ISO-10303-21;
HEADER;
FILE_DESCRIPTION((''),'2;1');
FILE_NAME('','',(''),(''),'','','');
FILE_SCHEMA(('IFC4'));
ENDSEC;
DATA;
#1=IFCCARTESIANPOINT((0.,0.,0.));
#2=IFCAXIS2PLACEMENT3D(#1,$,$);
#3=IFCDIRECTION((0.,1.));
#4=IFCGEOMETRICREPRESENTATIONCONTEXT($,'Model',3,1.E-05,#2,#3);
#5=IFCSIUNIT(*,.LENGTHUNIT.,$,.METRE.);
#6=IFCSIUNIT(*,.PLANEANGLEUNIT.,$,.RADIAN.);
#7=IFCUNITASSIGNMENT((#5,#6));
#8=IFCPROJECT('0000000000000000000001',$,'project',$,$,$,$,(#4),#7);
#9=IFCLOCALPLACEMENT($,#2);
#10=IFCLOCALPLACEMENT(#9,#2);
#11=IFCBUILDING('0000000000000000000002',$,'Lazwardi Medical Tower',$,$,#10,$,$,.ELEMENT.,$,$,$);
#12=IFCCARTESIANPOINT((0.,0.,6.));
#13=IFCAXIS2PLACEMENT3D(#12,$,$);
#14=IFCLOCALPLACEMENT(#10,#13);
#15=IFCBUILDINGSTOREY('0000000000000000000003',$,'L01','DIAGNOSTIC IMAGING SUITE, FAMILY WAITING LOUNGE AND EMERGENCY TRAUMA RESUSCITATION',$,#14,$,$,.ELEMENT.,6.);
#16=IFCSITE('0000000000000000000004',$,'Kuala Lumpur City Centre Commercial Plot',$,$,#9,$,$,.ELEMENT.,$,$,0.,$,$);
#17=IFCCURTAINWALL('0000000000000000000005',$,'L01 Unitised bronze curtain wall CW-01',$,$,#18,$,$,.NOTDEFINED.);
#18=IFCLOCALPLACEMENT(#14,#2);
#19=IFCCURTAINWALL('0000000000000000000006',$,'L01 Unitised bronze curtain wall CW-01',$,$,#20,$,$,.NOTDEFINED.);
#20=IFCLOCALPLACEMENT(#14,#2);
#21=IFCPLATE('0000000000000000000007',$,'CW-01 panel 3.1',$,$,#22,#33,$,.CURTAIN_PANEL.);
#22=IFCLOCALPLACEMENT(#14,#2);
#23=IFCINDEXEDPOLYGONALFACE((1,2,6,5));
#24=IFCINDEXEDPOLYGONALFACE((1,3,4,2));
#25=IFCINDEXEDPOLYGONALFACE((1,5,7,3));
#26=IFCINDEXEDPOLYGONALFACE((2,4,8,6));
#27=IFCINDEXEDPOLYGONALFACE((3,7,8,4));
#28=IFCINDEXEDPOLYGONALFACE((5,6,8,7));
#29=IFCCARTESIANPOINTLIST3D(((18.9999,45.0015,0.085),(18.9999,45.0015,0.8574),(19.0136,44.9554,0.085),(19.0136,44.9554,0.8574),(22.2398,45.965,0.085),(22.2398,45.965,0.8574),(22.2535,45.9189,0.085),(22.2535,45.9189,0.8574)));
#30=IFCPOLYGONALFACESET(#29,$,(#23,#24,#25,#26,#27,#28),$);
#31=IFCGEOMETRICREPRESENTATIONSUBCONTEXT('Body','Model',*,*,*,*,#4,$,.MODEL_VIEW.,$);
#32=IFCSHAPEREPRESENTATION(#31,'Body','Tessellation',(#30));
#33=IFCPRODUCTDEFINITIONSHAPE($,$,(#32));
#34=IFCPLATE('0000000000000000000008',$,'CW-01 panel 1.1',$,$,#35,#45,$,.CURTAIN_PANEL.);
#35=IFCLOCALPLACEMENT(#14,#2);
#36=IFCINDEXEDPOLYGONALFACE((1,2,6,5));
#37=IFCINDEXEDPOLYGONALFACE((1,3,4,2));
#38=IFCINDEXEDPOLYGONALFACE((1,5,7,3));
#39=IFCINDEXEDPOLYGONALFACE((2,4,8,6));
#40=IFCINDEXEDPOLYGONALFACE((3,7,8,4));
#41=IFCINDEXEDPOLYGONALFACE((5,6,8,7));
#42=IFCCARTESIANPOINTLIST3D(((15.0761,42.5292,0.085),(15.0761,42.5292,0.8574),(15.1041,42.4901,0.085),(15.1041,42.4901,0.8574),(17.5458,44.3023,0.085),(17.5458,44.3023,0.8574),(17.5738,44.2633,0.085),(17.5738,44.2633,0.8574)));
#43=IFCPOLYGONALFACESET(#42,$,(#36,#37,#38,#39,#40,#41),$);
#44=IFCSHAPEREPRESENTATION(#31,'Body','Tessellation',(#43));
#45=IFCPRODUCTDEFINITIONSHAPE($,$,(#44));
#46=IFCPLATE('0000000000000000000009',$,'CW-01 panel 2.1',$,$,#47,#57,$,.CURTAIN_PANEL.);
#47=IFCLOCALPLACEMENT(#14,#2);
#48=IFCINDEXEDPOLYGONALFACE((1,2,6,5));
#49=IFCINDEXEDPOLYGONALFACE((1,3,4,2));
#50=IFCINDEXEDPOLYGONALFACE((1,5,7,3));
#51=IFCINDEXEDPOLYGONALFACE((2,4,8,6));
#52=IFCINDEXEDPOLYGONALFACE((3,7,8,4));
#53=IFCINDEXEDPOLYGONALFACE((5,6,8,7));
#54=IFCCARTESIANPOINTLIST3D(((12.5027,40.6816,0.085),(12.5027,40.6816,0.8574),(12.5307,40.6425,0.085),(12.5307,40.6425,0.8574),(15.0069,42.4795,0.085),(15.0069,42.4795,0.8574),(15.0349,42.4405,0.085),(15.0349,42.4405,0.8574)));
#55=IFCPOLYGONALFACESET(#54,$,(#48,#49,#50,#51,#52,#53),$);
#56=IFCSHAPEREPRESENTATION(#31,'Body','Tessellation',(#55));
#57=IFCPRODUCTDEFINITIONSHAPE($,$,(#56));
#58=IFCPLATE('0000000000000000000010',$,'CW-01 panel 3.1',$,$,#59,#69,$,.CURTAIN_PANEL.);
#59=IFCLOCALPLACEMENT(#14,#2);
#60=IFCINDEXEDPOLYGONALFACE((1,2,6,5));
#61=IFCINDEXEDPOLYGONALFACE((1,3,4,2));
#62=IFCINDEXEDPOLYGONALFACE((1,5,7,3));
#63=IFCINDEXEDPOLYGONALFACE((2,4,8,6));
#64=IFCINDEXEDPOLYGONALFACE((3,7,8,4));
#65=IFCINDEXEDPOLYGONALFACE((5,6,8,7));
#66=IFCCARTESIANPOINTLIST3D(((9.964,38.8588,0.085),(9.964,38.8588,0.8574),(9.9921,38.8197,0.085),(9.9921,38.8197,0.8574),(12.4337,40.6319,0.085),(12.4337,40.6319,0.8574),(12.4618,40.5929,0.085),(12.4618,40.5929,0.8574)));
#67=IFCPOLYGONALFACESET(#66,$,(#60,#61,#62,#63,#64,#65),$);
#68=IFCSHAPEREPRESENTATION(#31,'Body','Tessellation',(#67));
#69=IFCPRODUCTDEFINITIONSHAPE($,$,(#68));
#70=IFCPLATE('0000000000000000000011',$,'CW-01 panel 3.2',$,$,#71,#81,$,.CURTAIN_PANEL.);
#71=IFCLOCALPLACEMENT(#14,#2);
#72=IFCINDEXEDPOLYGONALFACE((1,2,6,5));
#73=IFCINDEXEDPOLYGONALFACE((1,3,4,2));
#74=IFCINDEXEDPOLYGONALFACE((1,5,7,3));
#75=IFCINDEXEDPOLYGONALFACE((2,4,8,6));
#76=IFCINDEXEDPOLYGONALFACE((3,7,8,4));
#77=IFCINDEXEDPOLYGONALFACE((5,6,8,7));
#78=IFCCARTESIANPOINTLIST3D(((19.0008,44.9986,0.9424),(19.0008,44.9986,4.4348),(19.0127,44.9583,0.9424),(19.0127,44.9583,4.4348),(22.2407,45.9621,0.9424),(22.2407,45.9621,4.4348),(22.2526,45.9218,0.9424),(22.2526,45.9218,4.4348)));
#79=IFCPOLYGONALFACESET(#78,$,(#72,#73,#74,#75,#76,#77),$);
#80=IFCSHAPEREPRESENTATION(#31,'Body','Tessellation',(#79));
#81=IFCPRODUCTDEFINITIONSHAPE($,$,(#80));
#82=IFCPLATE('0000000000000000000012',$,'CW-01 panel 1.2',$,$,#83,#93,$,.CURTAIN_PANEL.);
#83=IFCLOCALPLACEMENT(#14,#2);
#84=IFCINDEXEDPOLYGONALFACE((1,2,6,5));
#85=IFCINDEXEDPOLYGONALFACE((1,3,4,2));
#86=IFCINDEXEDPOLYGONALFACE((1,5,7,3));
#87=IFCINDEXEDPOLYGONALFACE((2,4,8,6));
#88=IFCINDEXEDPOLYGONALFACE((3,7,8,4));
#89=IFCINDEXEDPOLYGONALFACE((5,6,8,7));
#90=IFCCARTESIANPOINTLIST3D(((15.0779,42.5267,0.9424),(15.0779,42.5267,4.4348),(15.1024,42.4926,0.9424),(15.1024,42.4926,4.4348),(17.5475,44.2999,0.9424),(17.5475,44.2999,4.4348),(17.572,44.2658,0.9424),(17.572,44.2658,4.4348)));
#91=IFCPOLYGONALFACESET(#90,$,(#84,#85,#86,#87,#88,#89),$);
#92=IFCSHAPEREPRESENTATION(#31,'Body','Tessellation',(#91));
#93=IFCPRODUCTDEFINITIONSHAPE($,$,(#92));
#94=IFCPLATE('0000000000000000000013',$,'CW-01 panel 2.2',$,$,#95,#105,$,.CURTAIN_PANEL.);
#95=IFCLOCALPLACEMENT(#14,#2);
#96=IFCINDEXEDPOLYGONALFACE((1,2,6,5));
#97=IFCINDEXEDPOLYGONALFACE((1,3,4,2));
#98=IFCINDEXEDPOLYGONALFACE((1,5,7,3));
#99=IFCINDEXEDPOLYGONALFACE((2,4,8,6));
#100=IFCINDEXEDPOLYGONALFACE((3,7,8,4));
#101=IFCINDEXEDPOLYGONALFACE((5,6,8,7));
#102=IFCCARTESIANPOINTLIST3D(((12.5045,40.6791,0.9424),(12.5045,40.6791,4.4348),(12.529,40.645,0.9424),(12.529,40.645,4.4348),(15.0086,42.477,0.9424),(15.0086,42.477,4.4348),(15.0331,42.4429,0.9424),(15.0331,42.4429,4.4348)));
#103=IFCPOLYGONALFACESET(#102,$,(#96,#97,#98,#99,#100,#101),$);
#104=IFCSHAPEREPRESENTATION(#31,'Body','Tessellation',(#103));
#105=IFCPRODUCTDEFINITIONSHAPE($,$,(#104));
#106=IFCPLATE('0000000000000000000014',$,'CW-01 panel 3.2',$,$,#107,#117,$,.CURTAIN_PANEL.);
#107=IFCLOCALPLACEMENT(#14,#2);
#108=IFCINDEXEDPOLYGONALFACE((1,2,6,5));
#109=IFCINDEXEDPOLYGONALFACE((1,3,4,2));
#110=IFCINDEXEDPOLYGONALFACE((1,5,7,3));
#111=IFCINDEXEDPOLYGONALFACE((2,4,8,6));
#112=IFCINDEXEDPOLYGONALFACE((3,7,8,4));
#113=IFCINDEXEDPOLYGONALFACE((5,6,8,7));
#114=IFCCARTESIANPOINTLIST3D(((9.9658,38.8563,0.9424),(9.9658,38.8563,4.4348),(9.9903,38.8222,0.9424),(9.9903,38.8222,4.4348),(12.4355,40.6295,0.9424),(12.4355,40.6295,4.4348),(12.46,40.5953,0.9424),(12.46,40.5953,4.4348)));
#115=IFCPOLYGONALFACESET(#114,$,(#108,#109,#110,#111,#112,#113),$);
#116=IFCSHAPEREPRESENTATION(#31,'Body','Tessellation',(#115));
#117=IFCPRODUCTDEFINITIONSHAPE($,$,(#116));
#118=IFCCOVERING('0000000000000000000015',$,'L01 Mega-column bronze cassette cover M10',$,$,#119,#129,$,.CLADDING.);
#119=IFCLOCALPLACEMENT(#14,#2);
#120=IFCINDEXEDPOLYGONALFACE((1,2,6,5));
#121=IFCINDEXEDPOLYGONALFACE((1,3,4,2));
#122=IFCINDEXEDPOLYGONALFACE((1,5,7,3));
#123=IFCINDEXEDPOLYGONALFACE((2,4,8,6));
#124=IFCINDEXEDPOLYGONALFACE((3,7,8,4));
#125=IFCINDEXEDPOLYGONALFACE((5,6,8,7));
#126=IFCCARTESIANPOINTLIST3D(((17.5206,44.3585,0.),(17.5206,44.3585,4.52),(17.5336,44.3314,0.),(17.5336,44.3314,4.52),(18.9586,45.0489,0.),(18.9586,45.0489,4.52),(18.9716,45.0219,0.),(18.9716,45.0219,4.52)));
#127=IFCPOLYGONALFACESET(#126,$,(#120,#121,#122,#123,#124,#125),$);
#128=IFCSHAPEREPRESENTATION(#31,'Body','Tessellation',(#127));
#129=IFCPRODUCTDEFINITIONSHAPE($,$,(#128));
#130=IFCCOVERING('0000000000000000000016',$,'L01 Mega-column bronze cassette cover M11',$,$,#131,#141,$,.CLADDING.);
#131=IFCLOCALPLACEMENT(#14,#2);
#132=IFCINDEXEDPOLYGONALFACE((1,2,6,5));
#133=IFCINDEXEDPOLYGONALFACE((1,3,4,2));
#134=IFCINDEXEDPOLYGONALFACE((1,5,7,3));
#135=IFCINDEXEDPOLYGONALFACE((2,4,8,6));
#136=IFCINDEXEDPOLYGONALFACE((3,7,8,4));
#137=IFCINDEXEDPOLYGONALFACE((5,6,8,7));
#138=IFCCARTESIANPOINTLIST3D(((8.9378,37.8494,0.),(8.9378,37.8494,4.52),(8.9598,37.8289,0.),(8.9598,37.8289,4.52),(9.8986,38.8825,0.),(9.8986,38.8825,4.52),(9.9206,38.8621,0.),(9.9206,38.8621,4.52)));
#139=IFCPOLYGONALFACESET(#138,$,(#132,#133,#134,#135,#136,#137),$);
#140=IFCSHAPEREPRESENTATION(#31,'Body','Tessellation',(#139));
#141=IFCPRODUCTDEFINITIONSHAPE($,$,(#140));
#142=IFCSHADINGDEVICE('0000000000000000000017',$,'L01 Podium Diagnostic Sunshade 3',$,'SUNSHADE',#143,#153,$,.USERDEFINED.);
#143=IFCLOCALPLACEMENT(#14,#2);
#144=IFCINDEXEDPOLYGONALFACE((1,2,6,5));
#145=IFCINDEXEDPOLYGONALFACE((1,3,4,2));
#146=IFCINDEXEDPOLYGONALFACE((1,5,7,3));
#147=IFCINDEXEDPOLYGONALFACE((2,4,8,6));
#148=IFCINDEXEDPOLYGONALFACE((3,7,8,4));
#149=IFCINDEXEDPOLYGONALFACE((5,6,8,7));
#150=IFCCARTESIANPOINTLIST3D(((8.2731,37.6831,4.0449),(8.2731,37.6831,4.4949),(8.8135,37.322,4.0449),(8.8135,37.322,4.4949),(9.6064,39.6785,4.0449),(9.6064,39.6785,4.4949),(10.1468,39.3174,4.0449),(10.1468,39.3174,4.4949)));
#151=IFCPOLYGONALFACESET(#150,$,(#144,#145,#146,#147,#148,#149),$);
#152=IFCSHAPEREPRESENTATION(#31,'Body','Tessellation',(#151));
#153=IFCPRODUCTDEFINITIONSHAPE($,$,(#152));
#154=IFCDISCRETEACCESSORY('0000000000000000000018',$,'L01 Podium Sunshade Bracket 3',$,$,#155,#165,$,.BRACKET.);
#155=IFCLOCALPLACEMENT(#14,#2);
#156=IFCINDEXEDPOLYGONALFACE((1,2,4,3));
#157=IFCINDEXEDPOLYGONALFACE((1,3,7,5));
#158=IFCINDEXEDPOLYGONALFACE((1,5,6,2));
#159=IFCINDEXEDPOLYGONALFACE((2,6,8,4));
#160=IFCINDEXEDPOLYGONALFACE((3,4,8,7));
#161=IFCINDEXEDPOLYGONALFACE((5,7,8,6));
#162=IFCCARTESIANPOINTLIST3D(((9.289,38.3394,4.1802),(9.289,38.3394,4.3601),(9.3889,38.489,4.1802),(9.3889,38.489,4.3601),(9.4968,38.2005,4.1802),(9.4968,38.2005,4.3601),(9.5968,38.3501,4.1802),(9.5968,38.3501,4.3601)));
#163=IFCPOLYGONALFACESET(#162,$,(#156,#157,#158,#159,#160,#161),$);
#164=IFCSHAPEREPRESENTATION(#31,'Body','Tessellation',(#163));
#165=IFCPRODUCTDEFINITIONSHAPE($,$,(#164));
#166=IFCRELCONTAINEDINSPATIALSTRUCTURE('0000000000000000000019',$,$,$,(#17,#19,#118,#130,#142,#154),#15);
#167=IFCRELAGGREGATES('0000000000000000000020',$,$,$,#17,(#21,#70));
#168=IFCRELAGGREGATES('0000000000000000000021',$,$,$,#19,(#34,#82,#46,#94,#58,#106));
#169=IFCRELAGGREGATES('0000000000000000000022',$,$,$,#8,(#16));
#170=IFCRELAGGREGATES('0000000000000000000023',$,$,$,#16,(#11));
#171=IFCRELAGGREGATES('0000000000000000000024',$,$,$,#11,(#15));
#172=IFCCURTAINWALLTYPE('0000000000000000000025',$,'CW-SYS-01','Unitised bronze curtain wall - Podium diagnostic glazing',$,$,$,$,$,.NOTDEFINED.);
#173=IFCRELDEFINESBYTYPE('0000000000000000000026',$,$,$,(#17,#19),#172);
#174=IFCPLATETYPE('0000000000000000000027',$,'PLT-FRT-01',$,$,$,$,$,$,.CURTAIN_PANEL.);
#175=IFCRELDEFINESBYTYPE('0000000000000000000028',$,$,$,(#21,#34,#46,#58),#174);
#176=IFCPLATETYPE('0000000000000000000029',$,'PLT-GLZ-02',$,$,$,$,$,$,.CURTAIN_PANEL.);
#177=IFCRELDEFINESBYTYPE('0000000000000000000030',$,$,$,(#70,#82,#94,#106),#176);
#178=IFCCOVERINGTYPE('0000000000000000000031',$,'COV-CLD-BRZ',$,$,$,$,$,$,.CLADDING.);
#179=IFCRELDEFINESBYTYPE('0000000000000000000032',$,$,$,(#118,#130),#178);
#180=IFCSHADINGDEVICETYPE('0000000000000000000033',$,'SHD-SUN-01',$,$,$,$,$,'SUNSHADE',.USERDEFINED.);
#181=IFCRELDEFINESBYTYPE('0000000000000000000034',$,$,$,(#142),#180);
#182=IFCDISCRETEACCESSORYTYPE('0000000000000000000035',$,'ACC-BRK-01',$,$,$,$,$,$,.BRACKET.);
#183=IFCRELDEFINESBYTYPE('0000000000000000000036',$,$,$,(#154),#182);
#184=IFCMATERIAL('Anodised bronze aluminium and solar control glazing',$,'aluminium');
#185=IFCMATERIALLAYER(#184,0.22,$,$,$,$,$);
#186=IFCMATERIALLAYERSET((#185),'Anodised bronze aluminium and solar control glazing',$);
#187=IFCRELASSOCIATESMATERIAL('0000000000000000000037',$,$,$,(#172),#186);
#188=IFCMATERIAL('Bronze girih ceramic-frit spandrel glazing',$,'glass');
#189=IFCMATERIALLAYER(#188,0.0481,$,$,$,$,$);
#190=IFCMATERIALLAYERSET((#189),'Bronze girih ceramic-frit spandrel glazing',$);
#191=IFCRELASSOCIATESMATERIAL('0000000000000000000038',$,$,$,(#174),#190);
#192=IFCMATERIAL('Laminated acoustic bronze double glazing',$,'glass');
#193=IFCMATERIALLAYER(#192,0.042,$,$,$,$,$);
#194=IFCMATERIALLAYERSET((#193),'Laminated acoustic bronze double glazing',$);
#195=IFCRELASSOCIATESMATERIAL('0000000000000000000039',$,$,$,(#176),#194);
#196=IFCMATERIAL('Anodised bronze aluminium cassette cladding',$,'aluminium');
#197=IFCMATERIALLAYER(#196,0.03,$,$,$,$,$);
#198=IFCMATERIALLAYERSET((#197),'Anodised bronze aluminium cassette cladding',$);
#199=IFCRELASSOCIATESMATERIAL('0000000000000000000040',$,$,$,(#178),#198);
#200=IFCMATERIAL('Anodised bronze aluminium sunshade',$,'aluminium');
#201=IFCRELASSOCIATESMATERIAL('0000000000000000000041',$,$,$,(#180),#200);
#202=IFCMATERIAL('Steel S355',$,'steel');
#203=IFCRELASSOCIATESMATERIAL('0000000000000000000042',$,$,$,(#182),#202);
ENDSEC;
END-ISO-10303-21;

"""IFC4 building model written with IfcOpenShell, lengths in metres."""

from ifc_helpers import new_model, si_unit, direction, frame, origin, origin_2d, place, context, subcontext, project, spatial, rectangle, extrude, material, layer, layer_set, type_object, element, aggregate, save


model = new_model("IFC4")

# Units and contexts
model_context = context("Model", 3, precision=1e-05, world=origin(), true_north=direction((0.0, 1.0)))
body_context = subcontext(model_context, "Body", "Model", "MODEL_VIEW")
ifc_project = project(units=[si_unit("LENGTHUNIT", "METRE"), si_unit("PLANEANGLEUNIT", "RADIAN")], contexts=[model_context])

# Site, building, storey
site_placement = place(None, origin())
site = spatial("IfcSite", under=ifc_project, at=site_placement, Name="Kuala Lumpur City Centre Commercial Plot", CompositionType="ELEMENT", RefElevation=0.0)
building_placement = place(site_placement, origin())
building = spatial("IfcBuilding", under=site, at=building_placement, Name="Lazwardi Medical Tower", CompositionType="ELEMENT")
storey_placement = place(building_placement, frame((0.0, 0.0, 6.0)))
storey = spatial("IfcBuildingStorey", under=building, at=storey_placement, Name="L01", Description="DIAGNOSTIC IMAGING SUITE, FAMILY WAITING LOUNGE AND EMERGENCY TRAUMA RESUSCITATION", CompositionType="ELEMENT", Elevation=6.0)

# Shared definitions
ifc_material_1 = material(Name="Steel S355", Category="steel")

# Curtain wall
ifc_material_2 = material(Name="Anodised bronze aluminium and solar control glazing", Category="aluminium")
ifc_layer_1 = layer(ifc_material_2, 0.22)
ifc_layer_set_1 = layer_set([ifc_layer_1], Name="Anodised bronze aluminium and solar control glazing")
curtain_wall_type = type_object("IfcCurtainWallType", Name="CW-SYS-01", Description="Unitised bronze curtain wall - Podium diagnostic glazing", PredefinedType="NOTDEFINED", material=ifc_layer_set_1)
curtain_wall_1_placement = place(storey_placement, origin())
curtain_wall_1 = element("IfcCurtainWall", 1, at=curtain_wall_1_placement, inside=storey, type_object=curtain_wall_type, Name="L01 Unitised bronze curtain wall CW-01", PredefinedType="NOTDEFINED")

# Curtain wall
curtain_wall_2_placement = place(storey_placement, origin())
curtain_wall_2 = element("IfcCurtainWall", 2, at=curtain_wall_2_placement, inside=storey, type_object=curtain_wall_type, Name="L01 Unitised bronze curtain wall CW-01", PredefinedType="NOTDEFINED")

# Plates
ifc_material_3 = material(Name="Bronze girih ceramic-frit spandrel glazing", Category="glass")
ifc_layer_2 = layer(ifc_material_3, 0.0481)
ifc_layer_set_2 = layer_set([ifc_layer_2], Name="Bronze girih ceramic-frit spandrel glazing")
plate_type_1 = type_object("IfcPlateType", Name="PLT-FRT-01", PredefinedType="CURTAIN_PANEL", material=ifc_layer_set_2)
plate_1_placement = place(storey_placement, frame((20.6267, 45.4602, 0.085), z_axis=(0.0, 0.0, 1.0), x_axis=(-0.958513, -0.285047, 0.0)))
plate_1 = element("IfcPlate", 3, at=plate_1_placement, type_object=plate_type_1, Name="CW-01 panel 3.1", PredefinedType="CURTAIN_PANEL", context=body_context, shape_type="SweptSolid", body=[
    extrude(rectangle(XDim=3.3801, YDim=0.0481, at=origin_2d()), origin(), (0.0, 0.0, 1.0), 0.7725),
])
plate_2_placement = place(storey_placement, frame((16.325, 43.3962, 0.085), z_axis=(0.0, 0.0, 1.0), x_axis=(-0.812318, -0.583214, 0.0)))
plate_2 = element("IfcPlate", 4, at=plate_2_placement, type_object=plate_type_1, Name="CW-01 panel 1.1", PredefinedType="CURTAIN_PANEL", context=body_context, shape_type="SweptSolid", body=[
    extrude(rectangle(XDim=3.0403, YDim=0.0481, at=origin_2d()), origin(), (0.0, 0.0, 1.0), 0.7725),
])
plate_3_placement = place(storey_placement, frame((13.7688, 41.561, 0.085), z_axis=(0.0, 0.0, 1.0), x_axis=(-0.812318, -0.583214, 0.0)))
plate_3 = element("IfcPlate", 5, at=plate_3_placement, type_object=plate_type_1, Name="CW-01 panel 2.1", PredefinedType="CURTAIN_PANEL", context=body_context, shape_type="SweptSolid", body=[
    extrude(rectangle(XDim=3.0828, YDim=0.0481, at=origin_2d()), origin(), (0.0, 0.0, 1.0), 0.7725),
])
plate_4_placement = place(storey_placement, frame((11.2129, 39.7258, 0.085), z_axis=(0.0, 0.0, 1.0), x_axis=(-0.812318, -0.583214, 0.0)))
plate_4 = element("IfcPlate", 6, at=plate_4_placement, type_object=plate_type_1, Name="CW-01 panel 3.1", PredefinedType="CURTAIN_PANEL", context=body_context, shape_type="SweptSolid", body=[
    extrude(rectangle(XDim=3.0403, YDim=0.0481, at=origin_2d()), origin(), (0.0, 0.0, 1.0), 0.7725),
])
ifc_material_4 = material(Name="Laminated acoustic bronze double glazing", Category="glass")
ifc_layer_3 = layer(ifc_material_4, 0.042)
ifc_layer_set_3 = layer_set([ifc_layer_3], Name="Laminated acoustic bronze double glazing")
plate_type_2 = type_object("IfcPlateType", Name="PLT-GLZ-02", PredefinedType="CURTAIN_PANEL", material=ifc_layer_set_3)
plate_5_placement = place(storey_placement, frame((20.6267, 45.4602, 0.9424), z_axis=(0.0, 0.0, 1.0), x_axis=(-0.958513, -0.285047, 0.0)))
plate_5 = element("IfcPlate", 7, at=plate_5_placement, type_object=plate_type_2, Name="CW-01 panel 3.2", PredefinedType="CURTAIN_PANEL", context=body_context, shape_type="SweptSolid", body=[
    extrude(rectangle(XDim=3.3801, YDim=0.042, at=origin_2d()), origin(), (0.0, 0.0, 1.0), 3.4924),
])
aggregate(curtain_wall_1, [plate_1, plate_5])
plate_6_placement = place(storey_placement, frame((16.325, 43.3962, 0.9424), z_axis=(0.0, 0.0, 1.0), x_axis=(-0.812318, -0.583214, 0.0)))
plate_6 = element("IfcPlate", 8, at=plate_6_placement, type_object=plate_type_2, Name="CW-01 panel 1.2", PredefinedType="CURTAIN_PANEL", context=body_context, shape_type="SweptSolid", body=[
    extrude(rectangle(XDim=3.0403, YDim=0.042, at=origin_2d()), origin(), (0.0, 0.0, 1.0), 3.4924),
])
plate_7_placement = place(storey_placement, frame((13.7688, 41.561, 0.9424), z_axis=(0.0, 0.0, 1.0), x_axis=(-0.812318, -0.583214, 0.0)))
plate_7 = element("IfcPlate", 9, at=plate_7_placement, type_object=plate_type_2, Name="CW-01 panel 2.2", PredefinedType="CURTAIN_PANEL", context=body_context, shape_type="SweptSolid", body=[
    extrude(rectangle(XDim=3.0828, YDim=0.042, at=origin_2d()), origin(), (0.0, 0.0, 1.0), 3.4924),
])
plate_8_placement = place(storey_placement, frame((11.2129, 39.7258, 0.9424), z_axis=(0.0, 0.0, 1.0), x_axis=(-0.812318, -0.583214, 0.0)))
plate_8 = element("IfcPlate", 10, at=plate_8_placement, type_object=plate_type_2, Name="CW-01 panel 3.2", PredefinedType="CURTAIN_PANEL", context=body_context, shape_type="SweptSolid", body=[
    extrude(rectangle(XDim=3.0403, YDim=0.042, at=origin_2d()), origin(), (0.0, 0.0, 1.0), 3.4924),
])
aggregate(curtain_wall_2, [plate_2, plate_6, plate_3, plate_7, plate_4, plate_8])

# Coverings
ifc_material_5 = material(Name="Anodised bronze aluminium cassette cladding", Category="aluminium")
ifc_layer_4 = layer(ifc_material_5, 0.03)
ifc_layer_set_4 = layer_set([ifc_layer_4], Name="Anodised bronze aluminium cassette cladding")
covering_type = type_object("IfcCoveringType", Name="COV-CLD-BRZ", PredefinedType="CLADDING", material=ifc_layer_set_4)
covering_1_placement = place(storey_placement, frame((18.2461, 44.6902, 0.0), z_axis=(0.0, 0.0, 1.0), x_axis=(-0.901484, -0.432813, 0.0)))
element("IfcCovering", 11, at=covering_1_placement, inside=storey, type_object=covering_type, Name="L01 Mega-column bronze cassette cover M10", PredefinedType="CLADDING", context=body_context, shape_type="SweptSolid", body=[
    extrude(rectangle(XDim=1.5952, YDim=0.03, at=origin_2d()), origin(), (0.0, 0.0, 1.0), 4.52),
])
covering_2_placement = place(storey_placement, frame((9.4292, 38.3557, 0.0), z_axis=(0.0, 0.0, 1.0), x_axis=(-0.681019, -0.732266, 0.0)))
element("IfcCovering", 12, at=covering_2_placement, inside=storey, type_object=covering_type, Name="L01 Mega-column bronze cassette cover M11", PredefinedType="CLADDING", context=body_context, shape_type="SweptSolid", body=[
    extrude(rectangle(XDim=1.4109, YDim=0.03, at=origin_2d()), origin(), (0.0, 0.0, 1.0), 4.52),
])

# Shading device
ifc_material_6 = material(Name="Anodised bronze aluminium sunshade", Category="aluminium")
shading_device_type = type_object("IfcShadingDeviceType", Name="SHD-SUN-01", ElementType="SUNSHADE", PredefinedType="USERDEFINED", material=ifc_material_6)
shading_device_placement = place(storey_placement, frame((9.21, 38.5002, 4.0449), z_axis=(0.0, 0.0, 1.0), x_axis=(-0.55557, -0.83147, 0.0)))
element("IfcShadingDevice", 13, at=shading_device_placement, inside=storey, type_object=shading_device_type, Name="L01 Podium Diagnostic Sunshade 3", ObjectType="SUNSHADE", PredefinedType="USERDEFINED", context=body_context, shape_type="SweptSolid", body=[
    extrude(rectangle(XDim=2.3999, YDim=0.6499, at=origin_2d()), origin(), (0.0, 0.0, 1.0), 0.45),
])

# Discrete accessory
discrete_accessory_type = type_object("IfcDiscreteAccessoryType", Name="ACC-BRK-01", PredefinedType="BRACKET", material=ifc_material_1)
discrete_accessory_placement = place(storey_placement, frame((9.4429, 38.3447, 4.1802), z_axis=(0.0, 0.0, 1.0), x_axis=(-0.55557, -0.83147, 0.0)))
element("IfcDiscreteAccessory", 14, at=discrete_accessory_placement, inside=storey, type_object=discrete_accessory_type, Name="L01 Podium Sunshade Bracket 3", PredefinedType="BRACKET", context=body_context, shape_type="SweptSolid", body=[
    extrude(rectangle(XDim=0.1799, YDim=0.25, at=origin_2d()), origin(), (0.0, 0.0, 1.0), 0.1799),
])

save(model, "model.ifc")
